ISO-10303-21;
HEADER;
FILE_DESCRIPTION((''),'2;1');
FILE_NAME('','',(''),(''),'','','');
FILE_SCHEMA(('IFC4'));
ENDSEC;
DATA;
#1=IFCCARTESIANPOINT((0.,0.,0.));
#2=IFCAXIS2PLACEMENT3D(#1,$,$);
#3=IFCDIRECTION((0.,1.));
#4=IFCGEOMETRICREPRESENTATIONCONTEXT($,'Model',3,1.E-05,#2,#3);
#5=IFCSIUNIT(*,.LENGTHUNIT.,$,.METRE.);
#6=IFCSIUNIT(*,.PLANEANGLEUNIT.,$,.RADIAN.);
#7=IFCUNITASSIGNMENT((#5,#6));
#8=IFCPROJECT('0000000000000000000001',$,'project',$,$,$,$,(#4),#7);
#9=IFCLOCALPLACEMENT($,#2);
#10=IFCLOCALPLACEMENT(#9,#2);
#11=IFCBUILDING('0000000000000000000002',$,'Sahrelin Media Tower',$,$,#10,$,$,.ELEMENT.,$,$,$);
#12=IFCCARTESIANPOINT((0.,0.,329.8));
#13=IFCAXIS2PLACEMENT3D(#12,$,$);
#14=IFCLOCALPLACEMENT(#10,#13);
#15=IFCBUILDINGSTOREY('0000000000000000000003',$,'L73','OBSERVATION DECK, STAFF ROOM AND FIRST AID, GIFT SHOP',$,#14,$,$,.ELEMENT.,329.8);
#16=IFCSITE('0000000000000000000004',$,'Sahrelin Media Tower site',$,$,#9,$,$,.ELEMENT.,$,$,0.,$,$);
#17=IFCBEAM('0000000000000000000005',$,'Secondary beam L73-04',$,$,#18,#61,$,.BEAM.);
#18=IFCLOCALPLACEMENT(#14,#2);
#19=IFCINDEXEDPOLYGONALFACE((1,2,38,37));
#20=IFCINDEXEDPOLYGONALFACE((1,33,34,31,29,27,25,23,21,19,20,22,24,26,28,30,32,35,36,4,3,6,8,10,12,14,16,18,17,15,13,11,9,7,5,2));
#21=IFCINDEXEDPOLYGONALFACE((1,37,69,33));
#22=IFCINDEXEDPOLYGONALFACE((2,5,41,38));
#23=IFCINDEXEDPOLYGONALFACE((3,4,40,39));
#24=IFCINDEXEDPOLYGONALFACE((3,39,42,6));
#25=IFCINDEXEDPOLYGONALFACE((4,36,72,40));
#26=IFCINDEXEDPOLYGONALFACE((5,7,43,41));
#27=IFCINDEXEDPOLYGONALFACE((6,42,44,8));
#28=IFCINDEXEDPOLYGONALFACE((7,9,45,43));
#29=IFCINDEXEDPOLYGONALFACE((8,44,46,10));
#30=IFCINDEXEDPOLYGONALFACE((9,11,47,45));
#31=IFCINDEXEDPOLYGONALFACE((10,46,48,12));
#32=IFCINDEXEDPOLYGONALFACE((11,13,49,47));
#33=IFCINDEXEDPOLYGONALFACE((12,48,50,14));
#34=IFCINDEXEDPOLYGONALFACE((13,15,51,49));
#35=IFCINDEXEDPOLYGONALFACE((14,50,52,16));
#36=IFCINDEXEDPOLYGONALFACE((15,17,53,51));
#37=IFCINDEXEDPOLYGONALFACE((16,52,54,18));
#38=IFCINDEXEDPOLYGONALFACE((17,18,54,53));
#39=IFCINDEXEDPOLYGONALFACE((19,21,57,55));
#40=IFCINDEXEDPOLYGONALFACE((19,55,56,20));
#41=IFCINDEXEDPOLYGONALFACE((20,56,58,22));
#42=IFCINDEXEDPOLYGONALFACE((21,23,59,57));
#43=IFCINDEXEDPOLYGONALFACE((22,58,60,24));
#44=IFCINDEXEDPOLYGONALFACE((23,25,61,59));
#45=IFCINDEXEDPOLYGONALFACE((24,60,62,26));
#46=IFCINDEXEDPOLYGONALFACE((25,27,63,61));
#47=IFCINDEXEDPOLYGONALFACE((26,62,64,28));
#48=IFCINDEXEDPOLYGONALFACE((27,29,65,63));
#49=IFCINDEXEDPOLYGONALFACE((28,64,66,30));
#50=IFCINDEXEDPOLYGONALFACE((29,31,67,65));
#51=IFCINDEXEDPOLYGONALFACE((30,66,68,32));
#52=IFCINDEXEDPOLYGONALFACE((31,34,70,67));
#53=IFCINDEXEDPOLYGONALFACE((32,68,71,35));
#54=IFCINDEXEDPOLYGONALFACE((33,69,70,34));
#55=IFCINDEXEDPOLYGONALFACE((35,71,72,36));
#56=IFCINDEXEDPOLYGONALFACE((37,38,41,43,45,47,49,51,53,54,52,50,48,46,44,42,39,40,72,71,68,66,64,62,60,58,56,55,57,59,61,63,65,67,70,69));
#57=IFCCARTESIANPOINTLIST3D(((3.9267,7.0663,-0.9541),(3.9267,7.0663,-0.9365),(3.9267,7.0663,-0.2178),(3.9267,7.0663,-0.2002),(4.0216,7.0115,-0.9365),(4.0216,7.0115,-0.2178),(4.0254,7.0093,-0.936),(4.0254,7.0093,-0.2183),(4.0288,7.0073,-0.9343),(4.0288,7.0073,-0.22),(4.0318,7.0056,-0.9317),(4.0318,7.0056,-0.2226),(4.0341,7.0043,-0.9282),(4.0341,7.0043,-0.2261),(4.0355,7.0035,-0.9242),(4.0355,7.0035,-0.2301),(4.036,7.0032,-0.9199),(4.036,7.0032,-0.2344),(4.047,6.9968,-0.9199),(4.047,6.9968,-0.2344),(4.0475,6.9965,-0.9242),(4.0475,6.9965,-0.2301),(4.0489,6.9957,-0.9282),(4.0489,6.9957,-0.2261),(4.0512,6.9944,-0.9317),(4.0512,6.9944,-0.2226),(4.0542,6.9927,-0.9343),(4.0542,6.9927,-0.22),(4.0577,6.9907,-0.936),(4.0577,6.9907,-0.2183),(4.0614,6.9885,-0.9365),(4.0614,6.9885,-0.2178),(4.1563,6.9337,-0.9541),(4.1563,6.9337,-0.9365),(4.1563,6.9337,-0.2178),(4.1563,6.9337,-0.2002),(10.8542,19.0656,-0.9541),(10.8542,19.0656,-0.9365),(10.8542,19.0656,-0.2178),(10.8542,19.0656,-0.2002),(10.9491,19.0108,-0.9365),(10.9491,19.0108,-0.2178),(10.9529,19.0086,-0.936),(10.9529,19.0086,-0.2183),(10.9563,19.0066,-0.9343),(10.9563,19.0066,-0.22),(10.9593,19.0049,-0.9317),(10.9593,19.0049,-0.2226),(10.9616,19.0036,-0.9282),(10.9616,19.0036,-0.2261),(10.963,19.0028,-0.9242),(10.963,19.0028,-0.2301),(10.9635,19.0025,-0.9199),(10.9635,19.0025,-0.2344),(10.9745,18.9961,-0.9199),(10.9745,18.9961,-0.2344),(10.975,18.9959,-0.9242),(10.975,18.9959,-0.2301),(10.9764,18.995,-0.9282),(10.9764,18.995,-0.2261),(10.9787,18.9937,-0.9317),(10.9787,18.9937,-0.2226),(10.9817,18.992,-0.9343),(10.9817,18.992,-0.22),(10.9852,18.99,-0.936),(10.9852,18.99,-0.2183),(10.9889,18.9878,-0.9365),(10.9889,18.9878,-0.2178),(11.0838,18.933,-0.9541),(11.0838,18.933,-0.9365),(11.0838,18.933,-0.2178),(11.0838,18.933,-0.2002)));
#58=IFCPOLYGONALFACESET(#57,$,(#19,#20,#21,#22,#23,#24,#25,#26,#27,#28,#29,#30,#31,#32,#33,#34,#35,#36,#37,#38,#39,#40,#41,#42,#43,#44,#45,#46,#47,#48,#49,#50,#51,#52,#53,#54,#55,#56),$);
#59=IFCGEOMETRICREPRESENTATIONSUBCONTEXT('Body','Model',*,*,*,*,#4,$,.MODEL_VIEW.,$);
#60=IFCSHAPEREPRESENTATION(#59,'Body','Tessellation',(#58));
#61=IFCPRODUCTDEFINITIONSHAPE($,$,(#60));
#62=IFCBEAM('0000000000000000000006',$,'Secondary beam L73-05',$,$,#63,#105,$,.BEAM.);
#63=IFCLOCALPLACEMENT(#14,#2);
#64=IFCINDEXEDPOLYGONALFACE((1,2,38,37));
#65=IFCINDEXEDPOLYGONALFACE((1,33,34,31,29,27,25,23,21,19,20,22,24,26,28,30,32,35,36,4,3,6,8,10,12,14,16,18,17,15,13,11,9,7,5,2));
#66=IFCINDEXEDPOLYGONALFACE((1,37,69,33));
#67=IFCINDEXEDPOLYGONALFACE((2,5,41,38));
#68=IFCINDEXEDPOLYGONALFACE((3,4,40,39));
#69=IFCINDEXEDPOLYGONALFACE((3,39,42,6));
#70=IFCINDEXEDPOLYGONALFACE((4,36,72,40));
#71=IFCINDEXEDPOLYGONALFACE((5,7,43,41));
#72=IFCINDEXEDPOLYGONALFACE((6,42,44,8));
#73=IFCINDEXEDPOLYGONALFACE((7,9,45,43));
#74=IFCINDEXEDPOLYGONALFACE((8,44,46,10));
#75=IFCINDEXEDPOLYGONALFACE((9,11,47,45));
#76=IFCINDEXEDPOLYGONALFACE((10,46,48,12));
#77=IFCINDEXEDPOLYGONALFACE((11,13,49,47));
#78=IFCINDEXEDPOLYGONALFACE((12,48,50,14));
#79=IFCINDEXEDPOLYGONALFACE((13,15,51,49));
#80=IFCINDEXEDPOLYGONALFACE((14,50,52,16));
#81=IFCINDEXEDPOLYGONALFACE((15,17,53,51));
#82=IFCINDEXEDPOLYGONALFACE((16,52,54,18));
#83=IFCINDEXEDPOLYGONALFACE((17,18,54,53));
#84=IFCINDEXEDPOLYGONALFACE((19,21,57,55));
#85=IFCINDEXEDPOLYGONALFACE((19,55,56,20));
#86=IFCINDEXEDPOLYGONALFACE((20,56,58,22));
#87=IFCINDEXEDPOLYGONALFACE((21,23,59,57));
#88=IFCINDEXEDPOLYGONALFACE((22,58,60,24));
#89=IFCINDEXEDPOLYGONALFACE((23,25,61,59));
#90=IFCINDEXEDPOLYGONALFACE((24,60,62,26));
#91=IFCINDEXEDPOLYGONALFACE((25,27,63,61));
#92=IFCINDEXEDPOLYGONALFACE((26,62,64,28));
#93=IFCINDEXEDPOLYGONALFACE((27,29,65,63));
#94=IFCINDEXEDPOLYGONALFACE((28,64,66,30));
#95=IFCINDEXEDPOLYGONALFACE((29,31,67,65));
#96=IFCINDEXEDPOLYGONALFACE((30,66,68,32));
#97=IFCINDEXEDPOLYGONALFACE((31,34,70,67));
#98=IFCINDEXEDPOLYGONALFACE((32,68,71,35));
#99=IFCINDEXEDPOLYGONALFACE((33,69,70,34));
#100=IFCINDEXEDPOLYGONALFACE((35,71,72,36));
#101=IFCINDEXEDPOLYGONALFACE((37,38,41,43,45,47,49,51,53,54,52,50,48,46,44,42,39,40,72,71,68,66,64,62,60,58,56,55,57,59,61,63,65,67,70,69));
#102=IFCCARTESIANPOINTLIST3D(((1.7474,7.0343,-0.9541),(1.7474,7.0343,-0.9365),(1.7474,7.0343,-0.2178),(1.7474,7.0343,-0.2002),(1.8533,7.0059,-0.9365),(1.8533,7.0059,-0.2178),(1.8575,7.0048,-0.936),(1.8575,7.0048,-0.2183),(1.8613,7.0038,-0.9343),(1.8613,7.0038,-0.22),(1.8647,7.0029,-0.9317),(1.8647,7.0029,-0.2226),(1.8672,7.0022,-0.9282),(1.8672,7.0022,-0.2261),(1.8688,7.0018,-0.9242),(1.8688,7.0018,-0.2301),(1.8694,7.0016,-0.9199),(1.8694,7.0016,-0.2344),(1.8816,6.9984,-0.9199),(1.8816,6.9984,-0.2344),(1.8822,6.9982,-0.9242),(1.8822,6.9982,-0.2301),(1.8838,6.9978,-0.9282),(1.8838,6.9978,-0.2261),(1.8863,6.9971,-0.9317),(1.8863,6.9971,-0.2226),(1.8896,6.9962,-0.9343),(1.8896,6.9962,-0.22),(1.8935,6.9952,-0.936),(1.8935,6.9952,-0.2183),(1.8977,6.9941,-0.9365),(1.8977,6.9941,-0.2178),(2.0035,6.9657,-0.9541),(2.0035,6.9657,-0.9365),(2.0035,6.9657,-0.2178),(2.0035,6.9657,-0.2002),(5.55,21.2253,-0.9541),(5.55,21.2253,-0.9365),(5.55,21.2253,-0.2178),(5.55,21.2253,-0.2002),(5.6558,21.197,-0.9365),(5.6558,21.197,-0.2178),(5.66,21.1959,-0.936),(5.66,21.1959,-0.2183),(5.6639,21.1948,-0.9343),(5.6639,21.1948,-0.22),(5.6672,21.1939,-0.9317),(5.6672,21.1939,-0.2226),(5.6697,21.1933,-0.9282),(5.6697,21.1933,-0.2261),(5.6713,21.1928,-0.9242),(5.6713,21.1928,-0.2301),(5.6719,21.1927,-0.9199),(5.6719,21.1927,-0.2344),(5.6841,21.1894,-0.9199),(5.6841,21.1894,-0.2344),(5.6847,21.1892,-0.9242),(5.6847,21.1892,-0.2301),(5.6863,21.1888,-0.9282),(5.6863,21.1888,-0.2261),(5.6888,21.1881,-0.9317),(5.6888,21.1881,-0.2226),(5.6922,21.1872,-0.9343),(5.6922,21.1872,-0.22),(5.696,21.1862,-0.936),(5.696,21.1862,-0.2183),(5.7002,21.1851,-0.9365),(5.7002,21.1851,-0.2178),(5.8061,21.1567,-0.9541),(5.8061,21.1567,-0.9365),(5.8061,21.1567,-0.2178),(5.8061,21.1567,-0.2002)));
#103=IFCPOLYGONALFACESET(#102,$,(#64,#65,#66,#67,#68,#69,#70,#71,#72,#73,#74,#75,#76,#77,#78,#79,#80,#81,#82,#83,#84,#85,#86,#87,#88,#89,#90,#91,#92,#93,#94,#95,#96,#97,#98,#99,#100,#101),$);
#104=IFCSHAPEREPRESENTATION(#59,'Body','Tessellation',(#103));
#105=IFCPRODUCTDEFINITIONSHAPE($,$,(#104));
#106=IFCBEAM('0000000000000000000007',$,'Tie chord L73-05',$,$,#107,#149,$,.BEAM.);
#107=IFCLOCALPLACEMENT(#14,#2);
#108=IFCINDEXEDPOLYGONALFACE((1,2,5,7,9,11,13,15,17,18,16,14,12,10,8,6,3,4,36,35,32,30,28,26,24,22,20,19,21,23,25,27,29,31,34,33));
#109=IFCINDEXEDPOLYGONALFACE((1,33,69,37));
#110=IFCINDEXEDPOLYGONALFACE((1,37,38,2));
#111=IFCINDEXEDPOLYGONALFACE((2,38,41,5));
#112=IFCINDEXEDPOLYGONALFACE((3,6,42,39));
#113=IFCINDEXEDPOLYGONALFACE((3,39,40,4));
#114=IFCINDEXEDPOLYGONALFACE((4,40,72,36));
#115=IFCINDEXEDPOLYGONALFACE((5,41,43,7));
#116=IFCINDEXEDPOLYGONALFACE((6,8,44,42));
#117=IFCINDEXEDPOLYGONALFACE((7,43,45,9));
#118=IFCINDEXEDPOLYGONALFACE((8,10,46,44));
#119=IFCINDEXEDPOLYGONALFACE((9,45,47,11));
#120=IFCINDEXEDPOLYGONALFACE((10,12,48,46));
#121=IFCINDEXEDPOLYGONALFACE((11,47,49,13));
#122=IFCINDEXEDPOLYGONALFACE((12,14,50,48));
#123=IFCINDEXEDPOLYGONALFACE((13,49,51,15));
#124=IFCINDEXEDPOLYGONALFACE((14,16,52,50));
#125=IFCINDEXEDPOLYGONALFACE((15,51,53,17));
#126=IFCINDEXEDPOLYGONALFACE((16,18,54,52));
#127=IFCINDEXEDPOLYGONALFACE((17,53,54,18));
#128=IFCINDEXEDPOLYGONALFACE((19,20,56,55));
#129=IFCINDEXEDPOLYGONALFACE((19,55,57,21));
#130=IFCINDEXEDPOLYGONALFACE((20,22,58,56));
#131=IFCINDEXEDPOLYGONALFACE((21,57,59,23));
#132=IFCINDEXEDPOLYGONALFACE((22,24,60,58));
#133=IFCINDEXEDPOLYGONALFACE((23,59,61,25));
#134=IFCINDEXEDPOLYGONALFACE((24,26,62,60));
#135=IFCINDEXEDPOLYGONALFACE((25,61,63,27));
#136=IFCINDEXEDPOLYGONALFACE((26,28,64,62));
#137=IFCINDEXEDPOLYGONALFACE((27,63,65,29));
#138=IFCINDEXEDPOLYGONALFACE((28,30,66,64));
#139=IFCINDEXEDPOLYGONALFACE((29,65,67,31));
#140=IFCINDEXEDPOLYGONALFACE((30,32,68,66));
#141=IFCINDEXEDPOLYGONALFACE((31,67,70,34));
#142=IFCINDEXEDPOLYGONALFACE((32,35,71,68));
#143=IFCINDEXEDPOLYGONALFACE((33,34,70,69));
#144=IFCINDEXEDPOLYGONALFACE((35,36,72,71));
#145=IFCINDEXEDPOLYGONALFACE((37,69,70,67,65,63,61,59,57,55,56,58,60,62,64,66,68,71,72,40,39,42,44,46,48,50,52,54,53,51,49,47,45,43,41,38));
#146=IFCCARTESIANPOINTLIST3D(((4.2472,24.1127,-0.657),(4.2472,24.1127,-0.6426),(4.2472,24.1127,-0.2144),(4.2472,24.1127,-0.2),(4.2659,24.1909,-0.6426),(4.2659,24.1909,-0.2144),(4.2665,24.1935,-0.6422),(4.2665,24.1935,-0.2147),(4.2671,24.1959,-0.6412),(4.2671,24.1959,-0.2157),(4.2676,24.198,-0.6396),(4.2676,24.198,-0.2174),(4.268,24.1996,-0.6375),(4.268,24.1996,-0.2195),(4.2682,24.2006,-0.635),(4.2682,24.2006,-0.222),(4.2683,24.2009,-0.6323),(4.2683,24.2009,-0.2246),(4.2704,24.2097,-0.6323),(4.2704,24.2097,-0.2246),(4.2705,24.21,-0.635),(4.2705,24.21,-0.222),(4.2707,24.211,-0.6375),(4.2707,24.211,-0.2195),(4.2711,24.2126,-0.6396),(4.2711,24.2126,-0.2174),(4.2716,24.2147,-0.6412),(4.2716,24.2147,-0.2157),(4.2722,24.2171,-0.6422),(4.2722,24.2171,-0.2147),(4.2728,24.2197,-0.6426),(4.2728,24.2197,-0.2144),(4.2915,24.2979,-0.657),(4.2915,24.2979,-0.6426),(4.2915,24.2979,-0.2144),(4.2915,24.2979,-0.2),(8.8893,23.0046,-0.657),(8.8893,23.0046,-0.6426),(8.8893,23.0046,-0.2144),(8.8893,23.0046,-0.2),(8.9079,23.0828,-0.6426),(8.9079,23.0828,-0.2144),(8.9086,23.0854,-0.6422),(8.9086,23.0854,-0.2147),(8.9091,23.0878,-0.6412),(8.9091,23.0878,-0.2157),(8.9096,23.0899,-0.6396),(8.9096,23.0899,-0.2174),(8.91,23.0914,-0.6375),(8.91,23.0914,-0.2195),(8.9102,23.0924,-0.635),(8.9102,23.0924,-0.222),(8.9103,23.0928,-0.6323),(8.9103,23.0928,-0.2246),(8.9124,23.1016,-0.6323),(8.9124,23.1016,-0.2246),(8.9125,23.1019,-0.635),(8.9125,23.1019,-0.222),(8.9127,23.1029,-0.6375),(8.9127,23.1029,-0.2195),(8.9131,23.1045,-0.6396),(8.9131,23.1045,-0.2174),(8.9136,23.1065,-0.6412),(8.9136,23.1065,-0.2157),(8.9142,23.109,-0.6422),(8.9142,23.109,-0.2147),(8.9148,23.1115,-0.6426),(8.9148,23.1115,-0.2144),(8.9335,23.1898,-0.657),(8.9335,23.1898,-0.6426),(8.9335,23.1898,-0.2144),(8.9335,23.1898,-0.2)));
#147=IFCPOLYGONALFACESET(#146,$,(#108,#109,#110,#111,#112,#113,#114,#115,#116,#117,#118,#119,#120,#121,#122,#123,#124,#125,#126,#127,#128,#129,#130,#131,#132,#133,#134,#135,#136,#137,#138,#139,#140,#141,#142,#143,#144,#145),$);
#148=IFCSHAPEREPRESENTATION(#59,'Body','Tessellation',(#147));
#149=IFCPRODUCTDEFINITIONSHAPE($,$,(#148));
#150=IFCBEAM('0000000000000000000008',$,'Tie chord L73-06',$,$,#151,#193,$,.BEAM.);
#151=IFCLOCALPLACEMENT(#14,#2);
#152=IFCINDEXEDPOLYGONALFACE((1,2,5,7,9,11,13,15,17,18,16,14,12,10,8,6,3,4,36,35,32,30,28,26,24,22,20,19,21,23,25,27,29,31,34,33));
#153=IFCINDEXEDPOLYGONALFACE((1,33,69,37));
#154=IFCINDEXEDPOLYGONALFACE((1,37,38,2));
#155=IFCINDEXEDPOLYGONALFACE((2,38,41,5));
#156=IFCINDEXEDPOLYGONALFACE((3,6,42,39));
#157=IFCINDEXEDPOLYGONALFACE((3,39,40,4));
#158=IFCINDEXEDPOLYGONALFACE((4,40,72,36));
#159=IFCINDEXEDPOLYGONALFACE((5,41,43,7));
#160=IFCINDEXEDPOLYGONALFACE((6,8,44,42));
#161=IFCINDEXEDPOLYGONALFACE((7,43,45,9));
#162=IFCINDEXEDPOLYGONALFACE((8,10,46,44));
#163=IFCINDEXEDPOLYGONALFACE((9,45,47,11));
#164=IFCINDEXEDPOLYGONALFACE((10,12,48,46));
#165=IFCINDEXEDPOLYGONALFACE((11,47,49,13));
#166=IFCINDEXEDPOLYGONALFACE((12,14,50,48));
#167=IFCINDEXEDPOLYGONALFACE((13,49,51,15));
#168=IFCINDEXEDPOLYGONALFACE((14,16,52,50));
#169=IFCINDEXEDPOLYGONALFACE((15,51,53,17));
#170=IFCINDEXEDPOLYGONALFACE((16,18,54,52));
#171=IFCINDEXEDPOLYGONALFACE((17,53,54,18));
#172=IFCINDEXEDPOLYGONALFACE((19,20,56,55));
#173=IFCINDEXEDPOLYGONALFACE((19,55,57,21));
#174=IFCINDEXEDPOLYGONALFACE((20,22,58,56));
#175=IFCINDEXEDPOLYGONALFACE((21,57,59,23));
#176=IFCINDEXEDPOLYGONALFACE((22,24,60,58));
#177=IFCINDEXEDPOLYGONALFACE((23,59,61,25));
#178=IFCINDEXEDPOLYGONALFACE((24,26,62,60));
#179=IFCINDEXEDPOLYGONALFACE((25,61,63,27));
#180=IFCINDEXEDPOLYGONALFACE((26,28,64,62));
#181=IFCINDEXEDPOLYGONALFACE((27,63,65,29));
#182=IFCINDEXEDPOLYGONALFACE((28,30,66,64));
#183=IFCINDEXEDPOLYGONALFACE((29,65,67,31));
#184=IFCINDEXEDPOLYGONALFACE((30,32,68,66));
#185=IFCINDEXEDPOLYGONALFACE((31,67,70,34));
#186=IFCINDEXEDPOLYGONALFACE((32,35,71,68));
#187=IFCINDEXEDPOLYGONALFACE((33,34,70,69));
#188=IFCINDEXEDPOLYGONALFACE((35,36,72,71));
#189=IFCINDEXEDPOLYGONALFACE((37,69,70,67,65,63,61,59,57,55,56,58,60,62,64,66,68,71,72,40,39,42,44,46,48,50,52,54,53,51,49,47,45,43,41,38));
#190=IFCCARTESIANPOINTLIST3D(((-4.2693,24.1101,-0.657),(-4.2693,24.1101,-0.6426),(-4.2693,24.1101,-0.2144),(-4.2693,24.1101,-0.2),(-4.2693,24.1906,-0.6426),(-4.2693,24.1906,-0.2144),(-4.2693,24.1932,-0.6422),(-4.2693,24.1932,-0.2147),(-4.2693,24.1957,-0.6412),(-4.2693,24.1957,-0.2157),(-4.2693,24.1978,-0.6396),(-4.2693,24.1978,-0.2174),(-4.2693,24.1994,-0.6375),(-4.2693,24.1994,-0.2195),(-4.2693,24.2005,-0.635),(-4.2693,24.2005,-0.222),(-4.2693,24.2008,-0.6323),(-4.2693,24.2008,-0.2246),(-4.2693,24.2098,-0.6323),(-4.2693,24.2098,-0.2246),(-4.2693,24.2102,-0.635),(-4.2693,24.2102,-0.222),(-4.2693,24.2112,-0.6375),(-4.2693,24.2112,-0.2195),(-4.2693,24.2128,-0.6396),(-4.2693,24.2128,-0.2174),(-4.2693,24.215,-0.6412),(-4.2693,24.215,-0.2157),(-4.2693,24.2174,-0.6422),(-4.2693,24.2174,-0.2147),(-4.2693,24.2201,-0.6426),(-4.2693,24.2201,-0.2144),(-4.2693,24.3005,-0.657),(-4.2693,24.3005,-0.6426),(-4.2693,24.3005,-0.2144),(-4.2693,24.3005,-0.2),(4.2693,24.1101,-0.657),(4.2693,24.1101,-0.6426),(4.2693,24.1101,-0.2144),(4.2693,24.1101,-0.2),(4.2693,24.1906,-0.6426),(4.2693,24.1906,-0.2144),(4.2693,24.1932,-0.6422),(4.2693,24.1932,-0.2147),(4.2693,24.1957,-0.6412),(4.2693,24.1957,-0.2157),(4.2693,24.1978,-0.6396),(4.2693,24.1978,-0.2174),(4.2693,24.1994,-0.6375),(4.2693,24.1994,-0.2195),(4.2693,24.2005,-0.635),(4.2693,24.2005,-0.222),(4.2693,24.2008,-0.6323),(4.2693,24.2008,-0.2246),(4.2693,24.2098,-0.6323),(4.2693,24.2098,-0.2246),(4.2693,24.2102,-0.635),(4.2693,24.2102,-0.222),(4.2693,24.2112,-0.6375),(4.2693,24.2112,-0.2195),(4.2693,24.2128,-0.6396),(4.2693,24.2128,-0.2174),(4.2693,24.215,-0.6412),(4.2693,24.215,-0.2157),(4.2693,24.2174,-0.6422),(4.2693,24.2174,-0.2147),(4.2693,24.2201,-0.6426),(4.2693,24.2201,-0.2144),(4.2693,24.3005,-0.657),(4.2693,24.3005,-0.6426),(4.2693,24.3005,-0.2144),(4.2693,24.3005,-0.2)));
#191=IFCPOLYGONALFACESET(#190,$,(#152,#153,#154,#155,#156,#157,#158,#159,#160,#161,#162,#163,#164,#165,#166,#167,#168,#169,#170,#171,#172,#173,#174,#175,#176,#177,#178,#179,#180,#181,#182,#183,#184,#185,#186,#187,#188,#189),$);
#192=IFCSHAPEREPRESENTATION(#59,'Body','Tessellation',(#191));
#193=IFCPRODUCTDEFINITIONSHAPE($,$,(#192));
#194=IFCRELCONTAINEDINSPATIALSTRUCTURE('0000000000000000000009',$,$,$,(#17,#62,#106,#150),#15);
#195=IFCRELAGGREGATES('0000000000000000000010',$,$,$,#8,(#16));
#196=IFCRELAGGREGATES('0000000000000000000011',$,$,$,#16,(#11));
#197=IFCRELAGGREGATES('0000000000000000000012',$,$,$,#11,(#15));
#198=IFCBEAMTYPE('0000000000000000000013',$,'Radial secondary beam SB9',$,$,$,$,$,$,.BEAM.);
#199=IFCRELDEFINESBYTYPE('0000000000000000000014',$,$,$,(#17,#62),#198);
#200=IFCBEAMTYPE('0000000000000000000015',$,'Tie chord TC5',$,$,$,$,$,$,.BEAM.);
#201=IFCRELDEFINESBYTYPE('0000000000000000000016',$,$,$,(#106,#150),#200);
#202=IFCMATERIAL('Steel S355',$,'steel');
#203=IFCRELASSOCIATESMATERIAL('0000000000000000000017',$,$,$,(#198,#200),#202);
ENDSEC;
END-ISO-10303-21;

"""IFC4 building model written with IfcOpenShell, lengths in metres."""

from ifc_helpers import new_model, si_unit, direction, frame, origin, origin_2d, place, context, subcontext, project, spatial, i_section, extrude, material, material_profile, profile_set, type_object, element, save


model = new_model("IFC4")

# Units and contexts
model_context = context("Model", 3, precision=1e-05, world=origin(), true_north=direction((0.0, 1.0)))
body_context = subcontext(model_context, "Body", "Model", "MODEL_VIEW")
ifc_project = project(units=[si_unit("LENGTHUNIT", "METRE"), si_unit("PLANEANGLEUNIT", "RADIAN")], contexts=[model_context])

# Site, building, storey
site_placement = place(None, origin())
site = spatial("IfcSite", under=ifc_project, at=site_placement, Name="Sahrelin Media Tower site", CompositionType="ELEMENT", RefElevation=0.0)
building_placement = place(site_placement, origin())
building = spatial("IfcBuilding", under=site, at=building_placement, Name="Sahrelin Media Tower", CompositionType="ELEMENT")
storey_placement = place(building_placement, frame((0.0, 0.0, 329.8)))
storey = spatial("IfcBuildingStorey", under=building, at=storey_placement, Name="L73", Description="OBSERVATION DECK, STAFF ROOM AND FIRST AID, GIFT SHOP", CompositionType="ELEMENT", Elevation=329.8)

# Shared definitions
ifc_material_1 = material(Name="Steel S355", Category="steel")

# Beams
ifc_material_profile_1 = material_profile(ifc_material_1, i_section(OverallWidth=0.2651, OverallDepth=0.7539, WebThickness=0.0127, FlangeThickness=0.0176, FilletRadius=0.0166, at=origin_2d()), Name="UB 762x267x147")
ifc_profile_set_1 = profile_set([ifc_material_profile_1], Name="Steel S355")
beam_type_1 = type_object("IfcBeamType", Name="Radial secondary beam SB9", PredefinedType="BEAM", material=ifc_profile_set_1)
beam_1_placement = place(storey_placement, frame((4.0415, 7.0, -0.5771), z_axis=(0.499984, 0.866034, 0.0), x_axis=(-0.866034, 0.499984, 0.0)))
element("IfcBeam", 1, at=beam_1_placement, inside=storey, type_object=beam_type_1, Name="Secondary beam L73-04", PredefinedType="BEAM", context=body_context, shape_type="SweptSolid", body=[
    extrude(i_section(OverallWidth=0.2651, OverallDepth=0.7539, WebThickness=0.0127, FlangeThickness=0.0176, FilletRadius=0.0166, at=origin_2d()), origin(), (0.0, 0.0, 1.0), 13.8555),
])
beam_2_placement = place(storey_placement, frame((1.8755, 7.0, -0.5771), z_axis=(0.258822, 0.965925, 0.0), x_axis=(-0.965925, 0.258822, 0.0)))
element("IfcBeam", 2, at=beam_2_placement, inside=storey, type_object=beam_type_1, Name="Secondary beam L73-05", PredefinedType="BEAM", context=body_context, shape_type="SweptSolid", body=[
    extrude(i_section(OverallWidth=0.2651, OverallDepth=0.7539, WebThickness=0.0127, FlangeThickness=0.0176, FilletRadius=0.0166, at=origin_2d()), origin(), (0.0, 0.0, 1.0), 14.6917),
])
ifc_material_profile_2 = material_profile(ifc_material_1, i_section(OverallWidth=0.1904, OverallDepth=0.457, WebThickness=0.009, FlangeThickness=0.0144, FilletRadius=0.0103, at=origin_2d()), Name="UB 457x191x74")
ifc_profile_set_2 = profile_set([ifc_material_profile_2], Name="Steel S355")
beam_type_2 = type_object("IfcBeamType", Name="Tie chord TC5", PredefinedType="BEAM", material=ifc_profile_set_2)
beam_3_placement = place(storey_placement, frame((8.9114, 23.0972, -0.4285), z_axis=(-0.972669, 0.232195, 0.0), x_axis=(-0.232195, -0.972669, 0.0)))
element("IfcBeam", 3, at=beam_3_placement, inside=storey, type_object=beam_type_2, Name="Tie chord L73-05", PredefinedType="BEAM", context=body_context, shape_type="SweptSolid", body=[
    extrude(i_section(OverallWidth=0.1904, OverallDepth=0.457, WebThickness=0.009, FlangeThickness=0.0144, FilletRadius=0.0103, at=origin_2d()), origin(), (0.0, 0.0, 1.0), 4.7725),
])
beam_4_placement = place(storey_placement, frame((4.2693, 24.2053, -0.4285), z_axis=(-1.0, 0.0, 0.0), x_axis=(0.0, -1.0, 0.0)))
element("IfcBeam", 4, at=beam_4_placement, inside=storey, type_object=beam_type_2, Name="Tie chord L73-06", PredefinedType="BEAM", context=body_context, shape_type="SweptSolid", body=[
    extrude(i_section(OverallWidth=0.1904, OverallDepth=0.457, WebThickness=0.009, FlangeThickness=0.0144, FilletRadius=0.0103, at=origin_2d()), origin(), (0.0, 0.0, 1.0), 8.5386),
])

save(model, "model.ifc")
